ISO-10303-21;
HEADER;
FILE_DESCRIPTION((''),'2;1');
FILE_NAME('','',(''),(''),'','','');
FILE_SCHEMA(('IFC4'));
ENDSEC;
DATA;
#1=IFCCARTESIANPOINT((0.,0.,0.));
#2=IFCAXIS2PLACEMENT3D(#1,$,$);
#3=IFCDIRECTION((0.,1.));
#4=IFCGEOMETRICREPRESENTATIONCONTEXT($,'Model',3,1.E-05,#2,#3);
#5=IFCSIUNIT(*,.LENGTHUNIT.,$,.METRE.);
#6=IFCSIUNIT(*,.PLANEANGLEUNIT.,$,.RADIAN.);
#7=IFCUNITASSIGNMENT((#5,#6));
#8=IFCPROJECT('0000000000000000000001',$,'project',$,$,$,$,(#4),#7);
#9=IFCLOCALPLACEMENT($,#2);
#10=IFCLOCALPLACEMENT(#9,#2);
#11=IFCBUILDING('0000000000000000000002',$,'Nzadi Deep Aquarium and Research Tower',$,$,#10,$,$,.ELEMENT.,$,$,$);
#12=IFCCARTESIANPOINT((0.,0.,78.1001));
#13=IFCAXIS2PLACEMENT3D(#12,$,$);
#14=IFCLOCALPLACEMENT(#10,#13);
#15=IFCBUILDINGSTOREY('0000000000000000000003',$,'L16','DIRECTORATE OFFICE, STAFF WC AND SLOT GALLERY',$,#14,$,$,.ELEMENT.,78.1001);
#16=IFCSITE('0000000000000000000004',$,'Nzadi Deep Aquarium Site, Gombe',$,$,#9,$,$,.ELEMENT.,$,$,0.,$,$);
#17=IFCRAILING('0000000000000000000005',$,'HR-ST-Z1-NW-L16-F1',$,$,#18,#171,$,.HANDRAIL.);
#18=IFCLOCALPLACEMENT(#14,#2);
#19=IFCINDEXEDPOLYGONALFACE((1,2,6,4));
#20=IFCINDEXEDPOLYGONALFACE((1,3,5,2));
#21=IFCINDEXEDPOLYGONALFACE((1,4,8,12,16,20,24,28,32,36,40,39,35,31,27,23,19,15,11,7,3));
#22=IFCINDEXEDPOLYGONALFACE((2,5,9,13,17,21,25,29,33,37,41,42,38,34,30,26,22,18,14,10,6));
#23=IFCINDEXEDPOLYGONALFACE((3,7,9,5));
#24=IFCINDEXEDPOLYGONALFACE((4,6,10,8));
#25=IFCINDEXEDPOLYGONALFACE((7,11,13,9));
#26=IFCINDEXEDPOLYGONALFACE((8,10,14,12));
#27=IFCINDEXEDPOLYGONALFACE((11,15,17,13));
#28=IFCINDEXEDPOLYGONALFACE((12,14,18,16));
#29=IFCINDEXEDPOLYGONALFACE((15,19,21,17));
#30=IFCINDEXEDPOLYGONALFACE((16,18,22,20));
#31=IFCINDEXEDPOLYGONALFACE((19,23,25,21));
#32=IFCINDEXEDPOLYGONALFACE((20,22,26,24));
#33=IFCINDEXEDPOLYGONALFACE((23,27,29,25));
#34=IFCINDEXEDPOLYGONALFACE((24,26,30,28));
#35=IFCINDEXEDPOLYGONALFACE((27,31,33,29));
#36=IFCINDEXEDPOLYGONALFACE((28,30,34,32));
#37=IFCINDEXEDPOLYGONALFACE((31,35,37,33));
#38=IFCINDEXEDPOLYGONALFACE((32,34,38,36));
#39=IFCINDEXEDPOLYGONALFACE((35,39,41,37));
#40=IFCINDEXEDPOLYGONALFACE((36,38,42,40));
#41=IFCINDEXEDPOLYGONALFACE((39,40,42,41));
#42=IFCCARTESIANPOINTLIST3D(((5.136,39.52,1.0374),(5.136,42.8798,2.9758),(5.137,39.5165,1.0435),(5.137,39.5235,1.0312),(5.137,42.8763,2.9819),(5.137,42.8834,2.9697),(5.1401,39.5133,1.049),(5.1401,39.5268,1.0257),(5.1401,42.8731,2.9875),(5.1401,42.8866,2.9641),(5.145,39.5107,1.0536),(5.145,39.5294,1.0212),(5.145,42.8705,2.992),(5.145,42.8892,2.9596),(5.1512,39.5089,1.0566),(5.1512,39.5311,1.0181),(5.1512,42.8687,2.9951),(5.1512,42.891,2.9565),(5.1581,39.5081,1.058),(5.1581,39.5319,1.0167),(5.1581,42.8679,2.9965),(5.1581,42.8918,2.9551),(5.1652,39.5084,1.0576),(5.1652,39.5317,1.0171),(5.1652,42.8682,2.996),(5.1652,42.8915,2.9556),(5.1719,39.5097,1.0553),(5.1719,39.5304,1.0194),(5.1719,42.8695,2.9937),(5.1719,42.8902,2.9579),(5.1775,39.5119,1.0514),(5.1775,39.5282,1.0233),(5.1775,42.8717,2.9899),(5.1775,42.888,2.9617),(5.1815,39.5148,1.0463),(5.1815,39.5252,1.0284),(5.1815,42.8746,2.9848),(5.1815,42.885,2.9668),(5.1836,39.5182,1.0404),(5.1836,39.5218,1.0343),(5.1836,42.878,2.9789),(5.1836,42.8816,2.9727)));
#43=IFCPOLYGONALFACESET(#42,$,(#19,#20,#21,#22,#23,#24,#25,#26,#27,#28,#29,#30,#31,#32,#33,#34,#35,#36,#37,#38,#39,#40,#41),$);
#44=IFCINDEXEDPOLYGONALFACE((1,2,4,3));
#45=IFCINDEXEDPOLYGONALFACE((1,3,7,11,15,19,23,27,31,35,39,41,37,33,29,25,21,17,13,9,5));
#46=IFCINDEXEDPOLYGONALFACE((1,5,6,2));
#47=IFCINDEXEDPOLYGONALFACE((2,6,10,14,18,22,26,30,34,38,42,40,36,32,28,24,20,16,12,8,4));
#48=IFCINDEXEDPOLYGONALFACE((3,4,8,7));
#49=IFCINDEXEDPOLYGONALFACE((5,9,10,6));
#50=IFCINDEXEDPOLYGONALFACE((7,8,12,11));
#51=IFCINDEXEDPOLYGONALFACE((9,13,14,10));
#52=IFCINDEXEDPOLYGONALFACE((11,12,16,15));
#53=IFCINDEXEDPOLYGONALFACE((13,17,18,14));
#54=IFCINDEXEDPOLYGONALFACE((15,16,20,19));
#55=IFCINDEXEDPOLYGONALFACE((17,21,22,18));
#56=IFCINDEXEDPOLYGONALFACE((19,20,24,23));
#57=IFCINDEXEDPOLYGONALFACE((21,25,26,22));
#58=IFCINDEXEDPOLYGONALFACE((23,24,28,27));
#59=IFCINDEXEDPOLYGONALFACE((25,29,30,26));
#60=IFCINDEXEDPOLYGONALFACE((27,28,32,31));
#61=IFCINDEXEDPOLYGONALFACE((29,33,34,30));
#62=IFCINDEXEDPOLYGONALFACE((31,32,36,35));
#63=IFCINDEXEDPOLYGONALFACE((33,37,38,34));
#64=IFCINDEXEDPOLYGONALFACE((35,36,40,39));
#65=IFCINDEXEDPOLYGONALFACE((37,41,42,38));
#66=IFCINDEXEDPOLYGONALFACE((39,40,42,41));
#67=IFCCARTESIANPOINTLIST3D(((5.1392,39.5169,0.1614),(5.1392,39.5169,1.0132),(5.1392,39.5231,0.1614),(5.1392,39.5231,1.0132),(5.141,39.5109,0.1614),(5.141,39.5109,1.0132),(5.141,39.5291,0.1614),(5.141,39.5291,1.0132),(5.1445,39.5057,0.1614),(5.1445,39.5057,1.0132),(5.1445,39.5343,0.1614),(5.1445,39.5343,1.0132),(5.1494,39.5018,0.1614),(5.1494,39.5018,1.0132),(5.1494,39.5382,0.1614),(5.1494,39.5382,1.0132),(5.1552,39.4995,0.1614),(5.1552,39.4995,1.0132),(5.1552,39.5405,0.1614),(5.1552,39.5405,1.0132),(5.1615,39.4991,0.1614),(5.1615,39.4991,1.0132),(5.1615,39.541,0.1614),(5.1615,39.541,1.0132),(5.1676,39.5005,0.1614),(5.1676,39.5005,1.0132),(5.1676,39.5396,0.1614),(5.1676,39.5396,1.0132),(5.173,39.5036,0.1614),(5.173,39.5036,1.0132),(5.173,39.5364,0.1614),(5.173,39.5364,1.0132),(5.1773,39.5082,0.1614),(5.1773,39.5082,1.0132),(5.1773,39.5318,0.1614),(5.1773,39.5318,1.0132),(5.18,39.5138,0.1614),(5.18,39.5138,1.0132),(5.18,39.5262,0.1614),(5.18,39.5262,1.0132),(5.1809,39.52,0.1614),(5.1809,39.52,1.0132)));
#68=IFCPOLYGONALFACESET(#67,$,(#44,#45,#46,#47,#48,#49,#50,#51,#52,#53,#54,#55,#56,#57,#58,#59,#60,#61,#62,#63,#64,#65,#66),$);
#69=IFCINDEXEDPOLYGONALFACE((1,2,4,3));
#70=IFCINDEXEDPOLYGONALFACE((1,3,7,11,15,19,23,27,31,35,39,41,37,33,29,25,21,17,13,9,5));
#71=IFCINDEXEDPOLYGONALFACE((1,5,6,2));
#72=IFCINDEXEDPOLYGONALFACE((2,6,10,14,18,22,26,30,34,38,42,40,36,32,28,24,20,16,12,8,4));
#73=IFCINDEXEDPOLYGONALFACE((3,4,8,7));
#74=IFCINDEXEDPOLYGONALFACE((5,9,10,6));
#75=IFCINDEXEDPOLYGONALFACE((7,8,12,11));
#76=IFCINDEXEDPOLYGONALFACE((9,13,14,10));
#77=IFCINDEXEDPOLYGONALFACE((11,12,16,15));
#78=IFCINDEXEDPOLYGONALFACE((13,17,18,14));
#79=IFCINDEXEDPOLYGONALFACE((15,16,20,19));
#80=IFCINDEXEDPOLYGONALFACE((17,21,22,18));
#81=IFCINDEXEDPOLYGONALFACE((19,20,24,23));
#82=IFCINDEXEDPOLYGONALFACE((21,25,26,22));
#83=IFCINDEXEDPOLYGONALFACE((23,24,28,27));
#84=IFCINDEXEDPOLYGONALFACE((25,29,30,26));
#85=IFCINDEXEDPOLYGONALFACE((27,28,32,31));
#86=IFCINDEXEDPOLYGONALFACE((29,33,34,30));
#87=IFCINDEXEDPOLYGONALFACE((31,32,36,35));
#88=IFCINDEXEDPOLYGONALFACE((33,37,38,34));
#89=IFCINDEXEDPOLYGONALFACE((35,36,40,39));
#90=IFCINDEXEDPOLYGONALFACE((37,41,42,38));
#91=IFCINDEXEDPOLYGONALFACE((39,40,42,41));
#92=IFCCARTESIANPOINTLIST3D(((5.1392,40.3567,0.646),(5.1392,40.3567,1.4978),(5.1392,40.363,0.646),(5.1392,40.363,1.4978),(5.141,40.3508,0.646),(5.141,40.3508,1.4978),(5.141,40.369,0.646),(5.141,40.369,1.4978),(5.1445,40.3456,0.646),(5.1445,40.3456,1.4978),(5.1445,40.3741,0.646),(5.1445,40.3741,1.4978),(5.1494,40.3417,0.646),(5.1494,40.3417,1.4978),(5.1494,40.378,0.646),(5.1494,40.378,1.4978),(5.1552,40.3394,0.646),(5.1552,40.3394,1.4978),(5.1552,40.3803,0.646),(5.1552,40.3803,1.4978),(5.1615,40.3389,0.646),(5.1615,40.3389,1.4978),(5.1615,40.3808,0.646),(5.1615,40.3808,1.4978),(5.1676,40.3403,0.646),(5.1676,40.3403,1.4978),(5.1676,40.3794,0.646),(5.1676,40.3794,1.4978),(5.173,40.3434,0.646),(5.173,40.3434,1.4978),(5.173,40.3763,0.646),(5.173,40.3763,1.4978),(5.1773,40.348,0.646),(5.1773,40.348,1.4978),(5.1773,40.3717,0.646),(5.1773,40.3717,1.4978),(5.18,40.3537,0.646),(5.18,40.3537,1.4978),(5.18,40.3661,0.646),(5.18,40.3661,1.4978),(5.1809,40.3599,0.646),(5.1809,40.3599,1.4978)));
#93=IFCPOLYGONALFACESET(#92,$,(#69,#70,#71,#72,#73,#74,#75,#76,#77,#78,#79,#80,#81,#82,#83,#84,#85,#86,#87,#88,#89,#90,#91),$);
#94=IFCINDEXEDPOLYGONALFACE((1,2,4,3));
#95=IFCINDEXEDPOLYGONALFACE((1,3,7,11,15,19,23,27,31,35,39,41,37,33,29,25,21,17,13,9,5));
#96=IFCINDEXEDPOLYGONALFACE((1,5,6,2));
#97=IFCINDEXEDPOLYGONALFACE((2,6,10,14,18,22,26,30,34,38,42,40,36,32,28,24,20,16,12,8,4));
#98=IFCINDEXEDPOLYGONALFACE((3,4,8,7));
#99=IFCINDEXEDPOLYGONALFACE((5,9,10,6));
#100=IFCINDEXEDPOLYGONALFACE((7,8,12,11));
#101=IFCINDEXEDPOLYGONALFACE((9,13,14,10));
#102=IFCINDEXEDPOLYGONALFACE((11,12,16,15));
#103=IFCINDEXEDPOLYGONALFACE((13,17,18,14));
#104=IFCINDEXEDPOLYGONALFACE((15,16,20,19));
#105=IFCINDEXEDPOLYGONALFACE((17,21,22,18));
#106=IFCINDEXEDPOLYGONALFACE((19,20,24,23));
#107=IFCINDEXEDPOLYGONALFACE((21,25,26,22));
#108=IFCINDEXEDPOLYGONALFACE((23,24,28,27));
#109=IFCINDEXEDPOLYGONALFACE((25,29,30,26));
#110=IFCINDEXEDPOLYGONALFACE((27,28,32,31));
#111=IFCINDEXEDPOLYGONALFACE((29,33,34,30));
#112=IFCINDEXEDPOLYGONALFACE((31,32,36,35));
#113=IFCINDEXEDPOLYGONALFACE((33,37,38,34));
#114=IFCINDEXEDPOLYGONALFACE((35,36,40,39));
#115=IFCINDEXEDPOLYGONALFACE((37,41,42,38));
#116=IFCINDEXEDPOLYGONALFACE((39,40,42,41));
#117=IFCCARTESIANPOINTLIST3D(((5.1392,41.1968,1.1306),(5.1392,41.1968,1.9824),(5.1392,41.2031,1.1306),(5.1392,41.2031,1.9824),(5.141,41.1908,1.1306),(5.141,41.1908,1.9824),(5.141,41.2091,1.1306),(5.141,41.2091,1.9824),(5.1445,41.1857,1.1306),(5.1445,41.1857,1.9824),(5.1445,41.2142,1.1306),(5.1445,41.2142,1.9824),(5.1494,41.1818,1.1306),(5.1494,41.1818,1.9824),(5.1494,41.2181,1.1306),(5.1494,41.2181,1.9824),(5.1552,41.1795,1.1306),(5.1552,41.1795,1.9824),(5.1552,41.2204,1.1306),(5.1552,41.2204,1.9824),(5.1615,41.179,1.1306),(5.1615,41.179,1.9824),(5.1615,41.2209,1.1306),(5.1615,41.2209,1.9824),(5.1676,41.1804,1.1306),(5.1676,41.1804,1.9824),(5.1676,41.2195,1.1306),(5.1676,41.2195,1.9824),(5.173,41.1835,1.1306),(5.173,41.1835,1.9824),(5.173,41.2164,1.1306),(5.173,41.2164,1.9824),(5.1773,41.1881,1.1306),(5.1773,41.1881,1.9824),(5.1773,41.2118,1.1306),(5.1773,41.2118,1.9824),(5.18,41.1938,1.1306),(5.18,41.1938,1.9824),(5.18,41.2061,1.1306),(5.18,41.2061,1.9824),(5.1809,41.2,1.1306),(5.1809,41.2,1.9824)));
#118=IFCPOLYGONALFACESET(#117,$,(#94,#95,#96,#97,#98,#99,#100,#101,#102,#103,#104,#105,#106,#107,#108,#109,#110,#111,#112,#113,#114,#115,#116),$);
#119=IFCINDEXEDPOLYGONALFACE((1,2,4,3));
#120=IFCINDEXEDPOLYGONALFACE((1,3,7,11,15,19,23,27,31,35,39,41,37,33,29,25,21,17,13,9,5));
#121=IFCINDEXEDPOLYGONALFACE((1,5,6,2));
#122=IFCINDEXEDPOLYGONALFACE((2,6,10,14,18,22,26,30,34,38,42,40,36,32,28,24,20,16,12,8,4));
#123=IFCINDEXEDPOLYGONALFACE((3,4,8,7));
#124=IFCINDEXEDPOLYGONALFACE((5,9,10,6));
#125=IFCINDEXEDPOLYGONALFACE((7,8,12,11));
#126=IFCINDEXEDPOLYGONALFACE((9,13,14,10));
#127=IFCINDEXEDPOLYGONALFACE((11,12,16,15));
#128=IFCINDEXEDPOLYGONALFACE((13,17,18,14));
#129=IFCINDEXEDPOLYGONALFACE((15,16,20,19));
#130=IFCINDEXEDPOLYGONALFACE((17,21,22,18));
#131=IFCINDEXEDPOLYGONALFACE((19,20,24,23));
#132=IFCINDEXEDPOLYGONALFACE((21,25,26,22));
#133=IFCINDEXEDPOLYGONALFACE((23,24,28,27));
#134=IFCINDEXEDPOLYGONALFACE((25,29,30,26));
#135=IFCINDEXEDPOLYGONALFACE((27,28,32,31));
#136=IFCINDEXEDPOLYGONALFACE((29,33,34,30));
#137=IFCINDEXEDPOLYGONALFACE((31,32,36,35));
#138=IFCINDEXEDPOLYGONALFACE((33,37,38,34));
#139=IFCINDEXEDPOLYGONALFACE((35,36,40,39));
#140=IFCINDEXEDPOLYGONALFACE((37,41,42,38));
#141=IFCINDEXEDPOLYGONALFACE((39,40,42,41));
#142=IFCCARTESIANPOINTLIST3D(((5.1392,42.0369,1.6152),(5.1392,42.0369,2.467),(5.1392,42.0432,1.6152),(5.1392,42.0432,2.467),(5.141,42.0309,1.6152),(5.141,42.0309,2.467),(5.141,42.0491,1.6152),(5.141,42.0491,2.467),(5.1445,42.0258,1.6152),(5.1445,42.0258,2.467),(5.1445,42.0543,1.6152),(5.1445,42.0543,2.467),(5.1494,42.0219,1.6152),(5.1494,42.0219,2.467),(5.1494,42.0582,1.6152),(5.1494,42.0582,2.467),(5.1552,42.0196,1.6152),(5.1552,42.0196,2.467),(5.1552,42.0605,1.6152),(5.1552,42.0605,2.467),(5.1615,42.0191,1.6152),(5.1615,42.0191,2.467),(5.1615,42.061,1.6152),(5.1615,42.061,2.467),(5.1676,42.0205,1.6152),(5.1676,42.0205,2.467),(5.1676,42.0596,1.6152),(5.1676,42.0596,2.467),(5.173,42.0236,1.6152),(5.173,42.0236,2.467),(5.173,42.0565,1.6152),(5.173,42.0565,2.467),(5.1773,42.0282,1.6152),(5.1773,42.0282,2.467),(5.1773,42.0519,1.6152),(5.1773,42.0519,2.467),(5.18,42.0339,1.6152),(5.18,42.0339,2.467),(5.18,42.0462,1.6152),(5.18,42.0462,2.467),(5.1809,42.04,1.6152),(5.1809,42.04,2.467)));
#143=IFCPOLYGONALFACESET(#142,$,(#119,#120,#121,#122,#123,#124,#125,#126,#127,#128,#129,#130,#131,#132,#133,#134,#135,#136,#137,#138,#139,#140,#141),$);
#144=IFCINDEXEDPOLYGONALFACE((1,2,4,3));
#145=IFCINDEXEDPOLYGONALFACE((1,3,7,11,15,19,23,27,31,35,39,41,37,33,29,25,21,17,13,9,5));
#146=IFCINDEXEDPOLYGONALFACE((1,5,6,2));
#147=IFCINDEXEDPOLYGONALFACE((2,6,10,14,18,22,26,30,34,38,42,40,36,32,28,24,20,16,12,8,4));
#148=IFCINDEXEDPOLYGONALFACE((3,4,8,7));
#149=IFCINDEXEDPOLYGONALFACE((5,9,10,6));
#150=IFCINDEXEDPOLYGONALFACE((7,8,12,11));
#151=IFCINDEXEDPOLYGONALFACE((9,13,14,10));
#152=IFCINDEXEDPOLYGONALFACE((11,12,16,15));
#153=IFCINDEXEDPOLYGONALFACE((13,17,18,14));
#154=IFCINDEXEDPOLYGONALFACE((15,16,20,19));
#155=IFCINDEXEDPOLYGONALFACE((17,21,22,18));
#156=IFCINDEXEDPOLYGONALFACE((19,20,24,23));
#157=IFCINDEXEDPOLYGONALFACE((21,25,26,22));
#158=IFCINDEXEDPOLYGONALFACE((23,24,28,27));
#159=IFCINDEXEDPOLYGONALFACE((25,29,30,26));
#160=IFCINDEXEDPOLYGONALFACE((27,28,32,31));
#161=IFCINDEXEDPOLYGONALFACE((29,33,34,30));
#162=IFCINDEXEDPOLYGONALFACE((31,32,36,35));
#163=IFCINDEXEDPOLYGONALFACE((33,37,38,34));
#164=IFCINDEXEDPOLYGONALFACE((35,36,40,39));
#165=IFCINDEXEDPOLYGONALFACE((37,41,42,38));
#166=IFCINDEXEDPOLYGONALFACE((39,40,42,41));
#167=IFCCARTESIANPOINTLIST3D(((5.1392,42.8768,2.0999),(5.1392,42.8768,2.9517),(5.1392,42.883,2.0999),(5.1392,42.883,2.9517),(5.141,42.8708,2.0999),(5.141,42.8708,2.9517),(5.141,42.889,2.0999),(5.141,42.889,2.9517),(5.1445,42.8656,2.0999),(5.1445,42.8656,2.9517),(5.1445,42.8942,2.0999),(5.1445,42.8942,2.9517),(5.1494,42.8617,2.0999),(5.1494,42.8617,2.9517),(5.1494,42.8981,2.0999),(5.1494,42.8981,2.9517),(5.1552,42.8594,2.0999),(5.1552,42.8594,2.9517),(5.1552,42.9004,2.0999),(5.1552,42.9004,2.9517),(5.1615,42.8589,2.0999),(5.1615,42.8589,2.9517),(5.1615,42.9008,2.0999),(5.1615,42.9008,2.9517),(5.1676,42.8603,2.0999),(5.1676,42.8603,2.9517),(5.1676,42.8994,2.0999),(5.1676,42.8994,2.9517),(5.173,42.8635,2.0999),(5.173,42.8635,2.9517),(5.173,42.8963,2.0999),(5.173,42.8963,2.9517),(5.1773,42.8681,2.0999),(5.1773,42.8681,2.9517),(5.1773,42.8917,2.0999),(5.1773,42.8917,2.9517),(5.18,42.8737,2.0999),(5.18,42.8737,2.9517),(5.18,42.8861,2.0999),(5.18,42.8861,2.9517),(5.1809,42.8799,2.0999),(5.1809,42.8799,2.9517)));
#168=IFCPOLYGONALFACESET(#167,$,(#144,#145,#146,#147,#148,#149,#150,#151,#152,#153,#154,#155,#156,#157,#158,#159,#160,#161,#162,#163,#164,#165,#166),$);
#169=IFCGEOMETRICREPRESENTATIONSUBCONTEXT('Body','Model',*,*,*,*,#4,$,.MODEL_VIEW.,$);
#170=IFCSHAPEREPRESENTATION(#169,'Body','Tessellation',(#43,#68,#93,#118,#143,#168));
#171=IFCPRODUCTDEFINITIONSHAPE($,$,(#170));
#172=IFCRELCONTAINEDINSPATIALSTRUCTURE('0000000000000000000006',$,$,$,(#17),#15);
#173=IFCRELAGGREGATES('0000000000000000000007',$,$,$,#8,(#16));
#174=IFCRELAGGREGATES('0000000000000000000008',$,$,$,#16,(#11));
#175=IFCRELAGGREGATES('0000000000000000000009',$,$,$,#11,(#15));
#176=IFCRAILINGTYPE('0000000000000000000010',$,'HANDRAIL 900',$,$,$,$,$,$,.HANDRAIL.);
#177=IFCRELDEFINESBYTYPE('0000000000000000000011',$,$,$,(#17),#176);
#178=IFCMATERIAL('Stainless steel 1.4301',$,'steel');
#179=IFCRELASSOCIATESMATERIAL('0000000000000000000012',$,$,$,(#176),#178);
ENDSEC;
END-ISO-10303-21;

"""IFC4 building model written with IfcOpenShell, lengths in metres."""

from ifc_helpers import new_model, si_unit, direction, frame, origin, origin_2d, place, context, subcontext, project, spatial, circle, extrude, material, type_object, element, save


model = new_model("IFC4")

# Units and contexts
model_context = context("Model", 3, precision=1e-05, world=origin(), true_north=direction((0.0, 1.0)))
body_context = subcontext(model_context, "Body", "Model", "MODEL_VIEW")
ifc_project = project(units=[si_unit("LENGTHUNIT", "METRE"), si_unit("PLANEANGLEUNIT", "RADIAN")], contexts=[model_context])

# Site, building, storey
site_placement = place(None, origin())
site = spatial("IfcSite", under=ifc_project, at=site_placement, Name="Nzadi Deep Aquarium Site, Gombe", CompositionType="ELEMENT", RefElevation=0.0)
building_placement = place(site_placement, origin())
building = spatial("IfcBuilding", under=site, at=building_placement, Name="Nzadi Deep Aquarium and Research Tower", CompositionType="ELEMENT")
storey_placement = place(building_placement, frame((0.0, 0.0, 78.1001)))
storey = spatial("IfcBuildingStorey", under=building, at=storey_placement, Name="L16", Description="DIRECTORATE OFFICE, STAFF WC AND SLOT GALLERY", CompositionType="ELEMENT", Elevation=78.1001)

# Railing
ifc_material_1 = material(Name="Stainless steel 1.4301", Category="steel")
railing_type_1 = type_object("IfcRailingType", Name="HANDRAIL 900", PredefinedType="HANDRAIL", material=ifc_material_1)
railing_1_placement = place(storey_placement, frame((5.1599, 39.52, 0.1614)))
element("IfcRailing", 1, at=railing_1_placement, inside=storey, type_object=railing_type_1, Name="HR-ST-Z1-NW-L16-F1", PredefinedType="HANDRAIL", context=body_context, shape_type="SweptSolid", body=[
    extrude(circle(Radius=0.0239, at=origin_2d()), frame((0.0, 0.0, 0.876), z_axis=(0.0, 0.866175, 0.499741), x_axis=(-1.0, 0.0, 0.0)), (0.0, 0.0, 1.0), 3.8789),
    extrude(circle(Radius=0.021, at=origin_2d()), origin(), (0.0, 0.0, 1.0), 0.8518),
    extrude(circle(Radius=0.021, at=origin_2d()), frame((0.0, 0.8398, 0.4846)), (0.0, 0.0, 1.0), 0.8518),
    extrude(circle(Radius=0.021, at=origin_2d()), frame((0.0, 1.6799, 0.9692)), (0.0, 0.0, 1.0), 0.8518),
    extrude(circle(Radius=0.021, at=origin_2d()), frame((0.0, 2.52, 1.4539)), (0.0, 0.0, 1.0), 0.8518),
    extrude(circle(Radius=0.021, at=origin_2d()), frame((0.0, 3.3599, 1.9385)), (0.0, 0.0, 1.0), 0.8518),
])

save(model, "model.ifc")
